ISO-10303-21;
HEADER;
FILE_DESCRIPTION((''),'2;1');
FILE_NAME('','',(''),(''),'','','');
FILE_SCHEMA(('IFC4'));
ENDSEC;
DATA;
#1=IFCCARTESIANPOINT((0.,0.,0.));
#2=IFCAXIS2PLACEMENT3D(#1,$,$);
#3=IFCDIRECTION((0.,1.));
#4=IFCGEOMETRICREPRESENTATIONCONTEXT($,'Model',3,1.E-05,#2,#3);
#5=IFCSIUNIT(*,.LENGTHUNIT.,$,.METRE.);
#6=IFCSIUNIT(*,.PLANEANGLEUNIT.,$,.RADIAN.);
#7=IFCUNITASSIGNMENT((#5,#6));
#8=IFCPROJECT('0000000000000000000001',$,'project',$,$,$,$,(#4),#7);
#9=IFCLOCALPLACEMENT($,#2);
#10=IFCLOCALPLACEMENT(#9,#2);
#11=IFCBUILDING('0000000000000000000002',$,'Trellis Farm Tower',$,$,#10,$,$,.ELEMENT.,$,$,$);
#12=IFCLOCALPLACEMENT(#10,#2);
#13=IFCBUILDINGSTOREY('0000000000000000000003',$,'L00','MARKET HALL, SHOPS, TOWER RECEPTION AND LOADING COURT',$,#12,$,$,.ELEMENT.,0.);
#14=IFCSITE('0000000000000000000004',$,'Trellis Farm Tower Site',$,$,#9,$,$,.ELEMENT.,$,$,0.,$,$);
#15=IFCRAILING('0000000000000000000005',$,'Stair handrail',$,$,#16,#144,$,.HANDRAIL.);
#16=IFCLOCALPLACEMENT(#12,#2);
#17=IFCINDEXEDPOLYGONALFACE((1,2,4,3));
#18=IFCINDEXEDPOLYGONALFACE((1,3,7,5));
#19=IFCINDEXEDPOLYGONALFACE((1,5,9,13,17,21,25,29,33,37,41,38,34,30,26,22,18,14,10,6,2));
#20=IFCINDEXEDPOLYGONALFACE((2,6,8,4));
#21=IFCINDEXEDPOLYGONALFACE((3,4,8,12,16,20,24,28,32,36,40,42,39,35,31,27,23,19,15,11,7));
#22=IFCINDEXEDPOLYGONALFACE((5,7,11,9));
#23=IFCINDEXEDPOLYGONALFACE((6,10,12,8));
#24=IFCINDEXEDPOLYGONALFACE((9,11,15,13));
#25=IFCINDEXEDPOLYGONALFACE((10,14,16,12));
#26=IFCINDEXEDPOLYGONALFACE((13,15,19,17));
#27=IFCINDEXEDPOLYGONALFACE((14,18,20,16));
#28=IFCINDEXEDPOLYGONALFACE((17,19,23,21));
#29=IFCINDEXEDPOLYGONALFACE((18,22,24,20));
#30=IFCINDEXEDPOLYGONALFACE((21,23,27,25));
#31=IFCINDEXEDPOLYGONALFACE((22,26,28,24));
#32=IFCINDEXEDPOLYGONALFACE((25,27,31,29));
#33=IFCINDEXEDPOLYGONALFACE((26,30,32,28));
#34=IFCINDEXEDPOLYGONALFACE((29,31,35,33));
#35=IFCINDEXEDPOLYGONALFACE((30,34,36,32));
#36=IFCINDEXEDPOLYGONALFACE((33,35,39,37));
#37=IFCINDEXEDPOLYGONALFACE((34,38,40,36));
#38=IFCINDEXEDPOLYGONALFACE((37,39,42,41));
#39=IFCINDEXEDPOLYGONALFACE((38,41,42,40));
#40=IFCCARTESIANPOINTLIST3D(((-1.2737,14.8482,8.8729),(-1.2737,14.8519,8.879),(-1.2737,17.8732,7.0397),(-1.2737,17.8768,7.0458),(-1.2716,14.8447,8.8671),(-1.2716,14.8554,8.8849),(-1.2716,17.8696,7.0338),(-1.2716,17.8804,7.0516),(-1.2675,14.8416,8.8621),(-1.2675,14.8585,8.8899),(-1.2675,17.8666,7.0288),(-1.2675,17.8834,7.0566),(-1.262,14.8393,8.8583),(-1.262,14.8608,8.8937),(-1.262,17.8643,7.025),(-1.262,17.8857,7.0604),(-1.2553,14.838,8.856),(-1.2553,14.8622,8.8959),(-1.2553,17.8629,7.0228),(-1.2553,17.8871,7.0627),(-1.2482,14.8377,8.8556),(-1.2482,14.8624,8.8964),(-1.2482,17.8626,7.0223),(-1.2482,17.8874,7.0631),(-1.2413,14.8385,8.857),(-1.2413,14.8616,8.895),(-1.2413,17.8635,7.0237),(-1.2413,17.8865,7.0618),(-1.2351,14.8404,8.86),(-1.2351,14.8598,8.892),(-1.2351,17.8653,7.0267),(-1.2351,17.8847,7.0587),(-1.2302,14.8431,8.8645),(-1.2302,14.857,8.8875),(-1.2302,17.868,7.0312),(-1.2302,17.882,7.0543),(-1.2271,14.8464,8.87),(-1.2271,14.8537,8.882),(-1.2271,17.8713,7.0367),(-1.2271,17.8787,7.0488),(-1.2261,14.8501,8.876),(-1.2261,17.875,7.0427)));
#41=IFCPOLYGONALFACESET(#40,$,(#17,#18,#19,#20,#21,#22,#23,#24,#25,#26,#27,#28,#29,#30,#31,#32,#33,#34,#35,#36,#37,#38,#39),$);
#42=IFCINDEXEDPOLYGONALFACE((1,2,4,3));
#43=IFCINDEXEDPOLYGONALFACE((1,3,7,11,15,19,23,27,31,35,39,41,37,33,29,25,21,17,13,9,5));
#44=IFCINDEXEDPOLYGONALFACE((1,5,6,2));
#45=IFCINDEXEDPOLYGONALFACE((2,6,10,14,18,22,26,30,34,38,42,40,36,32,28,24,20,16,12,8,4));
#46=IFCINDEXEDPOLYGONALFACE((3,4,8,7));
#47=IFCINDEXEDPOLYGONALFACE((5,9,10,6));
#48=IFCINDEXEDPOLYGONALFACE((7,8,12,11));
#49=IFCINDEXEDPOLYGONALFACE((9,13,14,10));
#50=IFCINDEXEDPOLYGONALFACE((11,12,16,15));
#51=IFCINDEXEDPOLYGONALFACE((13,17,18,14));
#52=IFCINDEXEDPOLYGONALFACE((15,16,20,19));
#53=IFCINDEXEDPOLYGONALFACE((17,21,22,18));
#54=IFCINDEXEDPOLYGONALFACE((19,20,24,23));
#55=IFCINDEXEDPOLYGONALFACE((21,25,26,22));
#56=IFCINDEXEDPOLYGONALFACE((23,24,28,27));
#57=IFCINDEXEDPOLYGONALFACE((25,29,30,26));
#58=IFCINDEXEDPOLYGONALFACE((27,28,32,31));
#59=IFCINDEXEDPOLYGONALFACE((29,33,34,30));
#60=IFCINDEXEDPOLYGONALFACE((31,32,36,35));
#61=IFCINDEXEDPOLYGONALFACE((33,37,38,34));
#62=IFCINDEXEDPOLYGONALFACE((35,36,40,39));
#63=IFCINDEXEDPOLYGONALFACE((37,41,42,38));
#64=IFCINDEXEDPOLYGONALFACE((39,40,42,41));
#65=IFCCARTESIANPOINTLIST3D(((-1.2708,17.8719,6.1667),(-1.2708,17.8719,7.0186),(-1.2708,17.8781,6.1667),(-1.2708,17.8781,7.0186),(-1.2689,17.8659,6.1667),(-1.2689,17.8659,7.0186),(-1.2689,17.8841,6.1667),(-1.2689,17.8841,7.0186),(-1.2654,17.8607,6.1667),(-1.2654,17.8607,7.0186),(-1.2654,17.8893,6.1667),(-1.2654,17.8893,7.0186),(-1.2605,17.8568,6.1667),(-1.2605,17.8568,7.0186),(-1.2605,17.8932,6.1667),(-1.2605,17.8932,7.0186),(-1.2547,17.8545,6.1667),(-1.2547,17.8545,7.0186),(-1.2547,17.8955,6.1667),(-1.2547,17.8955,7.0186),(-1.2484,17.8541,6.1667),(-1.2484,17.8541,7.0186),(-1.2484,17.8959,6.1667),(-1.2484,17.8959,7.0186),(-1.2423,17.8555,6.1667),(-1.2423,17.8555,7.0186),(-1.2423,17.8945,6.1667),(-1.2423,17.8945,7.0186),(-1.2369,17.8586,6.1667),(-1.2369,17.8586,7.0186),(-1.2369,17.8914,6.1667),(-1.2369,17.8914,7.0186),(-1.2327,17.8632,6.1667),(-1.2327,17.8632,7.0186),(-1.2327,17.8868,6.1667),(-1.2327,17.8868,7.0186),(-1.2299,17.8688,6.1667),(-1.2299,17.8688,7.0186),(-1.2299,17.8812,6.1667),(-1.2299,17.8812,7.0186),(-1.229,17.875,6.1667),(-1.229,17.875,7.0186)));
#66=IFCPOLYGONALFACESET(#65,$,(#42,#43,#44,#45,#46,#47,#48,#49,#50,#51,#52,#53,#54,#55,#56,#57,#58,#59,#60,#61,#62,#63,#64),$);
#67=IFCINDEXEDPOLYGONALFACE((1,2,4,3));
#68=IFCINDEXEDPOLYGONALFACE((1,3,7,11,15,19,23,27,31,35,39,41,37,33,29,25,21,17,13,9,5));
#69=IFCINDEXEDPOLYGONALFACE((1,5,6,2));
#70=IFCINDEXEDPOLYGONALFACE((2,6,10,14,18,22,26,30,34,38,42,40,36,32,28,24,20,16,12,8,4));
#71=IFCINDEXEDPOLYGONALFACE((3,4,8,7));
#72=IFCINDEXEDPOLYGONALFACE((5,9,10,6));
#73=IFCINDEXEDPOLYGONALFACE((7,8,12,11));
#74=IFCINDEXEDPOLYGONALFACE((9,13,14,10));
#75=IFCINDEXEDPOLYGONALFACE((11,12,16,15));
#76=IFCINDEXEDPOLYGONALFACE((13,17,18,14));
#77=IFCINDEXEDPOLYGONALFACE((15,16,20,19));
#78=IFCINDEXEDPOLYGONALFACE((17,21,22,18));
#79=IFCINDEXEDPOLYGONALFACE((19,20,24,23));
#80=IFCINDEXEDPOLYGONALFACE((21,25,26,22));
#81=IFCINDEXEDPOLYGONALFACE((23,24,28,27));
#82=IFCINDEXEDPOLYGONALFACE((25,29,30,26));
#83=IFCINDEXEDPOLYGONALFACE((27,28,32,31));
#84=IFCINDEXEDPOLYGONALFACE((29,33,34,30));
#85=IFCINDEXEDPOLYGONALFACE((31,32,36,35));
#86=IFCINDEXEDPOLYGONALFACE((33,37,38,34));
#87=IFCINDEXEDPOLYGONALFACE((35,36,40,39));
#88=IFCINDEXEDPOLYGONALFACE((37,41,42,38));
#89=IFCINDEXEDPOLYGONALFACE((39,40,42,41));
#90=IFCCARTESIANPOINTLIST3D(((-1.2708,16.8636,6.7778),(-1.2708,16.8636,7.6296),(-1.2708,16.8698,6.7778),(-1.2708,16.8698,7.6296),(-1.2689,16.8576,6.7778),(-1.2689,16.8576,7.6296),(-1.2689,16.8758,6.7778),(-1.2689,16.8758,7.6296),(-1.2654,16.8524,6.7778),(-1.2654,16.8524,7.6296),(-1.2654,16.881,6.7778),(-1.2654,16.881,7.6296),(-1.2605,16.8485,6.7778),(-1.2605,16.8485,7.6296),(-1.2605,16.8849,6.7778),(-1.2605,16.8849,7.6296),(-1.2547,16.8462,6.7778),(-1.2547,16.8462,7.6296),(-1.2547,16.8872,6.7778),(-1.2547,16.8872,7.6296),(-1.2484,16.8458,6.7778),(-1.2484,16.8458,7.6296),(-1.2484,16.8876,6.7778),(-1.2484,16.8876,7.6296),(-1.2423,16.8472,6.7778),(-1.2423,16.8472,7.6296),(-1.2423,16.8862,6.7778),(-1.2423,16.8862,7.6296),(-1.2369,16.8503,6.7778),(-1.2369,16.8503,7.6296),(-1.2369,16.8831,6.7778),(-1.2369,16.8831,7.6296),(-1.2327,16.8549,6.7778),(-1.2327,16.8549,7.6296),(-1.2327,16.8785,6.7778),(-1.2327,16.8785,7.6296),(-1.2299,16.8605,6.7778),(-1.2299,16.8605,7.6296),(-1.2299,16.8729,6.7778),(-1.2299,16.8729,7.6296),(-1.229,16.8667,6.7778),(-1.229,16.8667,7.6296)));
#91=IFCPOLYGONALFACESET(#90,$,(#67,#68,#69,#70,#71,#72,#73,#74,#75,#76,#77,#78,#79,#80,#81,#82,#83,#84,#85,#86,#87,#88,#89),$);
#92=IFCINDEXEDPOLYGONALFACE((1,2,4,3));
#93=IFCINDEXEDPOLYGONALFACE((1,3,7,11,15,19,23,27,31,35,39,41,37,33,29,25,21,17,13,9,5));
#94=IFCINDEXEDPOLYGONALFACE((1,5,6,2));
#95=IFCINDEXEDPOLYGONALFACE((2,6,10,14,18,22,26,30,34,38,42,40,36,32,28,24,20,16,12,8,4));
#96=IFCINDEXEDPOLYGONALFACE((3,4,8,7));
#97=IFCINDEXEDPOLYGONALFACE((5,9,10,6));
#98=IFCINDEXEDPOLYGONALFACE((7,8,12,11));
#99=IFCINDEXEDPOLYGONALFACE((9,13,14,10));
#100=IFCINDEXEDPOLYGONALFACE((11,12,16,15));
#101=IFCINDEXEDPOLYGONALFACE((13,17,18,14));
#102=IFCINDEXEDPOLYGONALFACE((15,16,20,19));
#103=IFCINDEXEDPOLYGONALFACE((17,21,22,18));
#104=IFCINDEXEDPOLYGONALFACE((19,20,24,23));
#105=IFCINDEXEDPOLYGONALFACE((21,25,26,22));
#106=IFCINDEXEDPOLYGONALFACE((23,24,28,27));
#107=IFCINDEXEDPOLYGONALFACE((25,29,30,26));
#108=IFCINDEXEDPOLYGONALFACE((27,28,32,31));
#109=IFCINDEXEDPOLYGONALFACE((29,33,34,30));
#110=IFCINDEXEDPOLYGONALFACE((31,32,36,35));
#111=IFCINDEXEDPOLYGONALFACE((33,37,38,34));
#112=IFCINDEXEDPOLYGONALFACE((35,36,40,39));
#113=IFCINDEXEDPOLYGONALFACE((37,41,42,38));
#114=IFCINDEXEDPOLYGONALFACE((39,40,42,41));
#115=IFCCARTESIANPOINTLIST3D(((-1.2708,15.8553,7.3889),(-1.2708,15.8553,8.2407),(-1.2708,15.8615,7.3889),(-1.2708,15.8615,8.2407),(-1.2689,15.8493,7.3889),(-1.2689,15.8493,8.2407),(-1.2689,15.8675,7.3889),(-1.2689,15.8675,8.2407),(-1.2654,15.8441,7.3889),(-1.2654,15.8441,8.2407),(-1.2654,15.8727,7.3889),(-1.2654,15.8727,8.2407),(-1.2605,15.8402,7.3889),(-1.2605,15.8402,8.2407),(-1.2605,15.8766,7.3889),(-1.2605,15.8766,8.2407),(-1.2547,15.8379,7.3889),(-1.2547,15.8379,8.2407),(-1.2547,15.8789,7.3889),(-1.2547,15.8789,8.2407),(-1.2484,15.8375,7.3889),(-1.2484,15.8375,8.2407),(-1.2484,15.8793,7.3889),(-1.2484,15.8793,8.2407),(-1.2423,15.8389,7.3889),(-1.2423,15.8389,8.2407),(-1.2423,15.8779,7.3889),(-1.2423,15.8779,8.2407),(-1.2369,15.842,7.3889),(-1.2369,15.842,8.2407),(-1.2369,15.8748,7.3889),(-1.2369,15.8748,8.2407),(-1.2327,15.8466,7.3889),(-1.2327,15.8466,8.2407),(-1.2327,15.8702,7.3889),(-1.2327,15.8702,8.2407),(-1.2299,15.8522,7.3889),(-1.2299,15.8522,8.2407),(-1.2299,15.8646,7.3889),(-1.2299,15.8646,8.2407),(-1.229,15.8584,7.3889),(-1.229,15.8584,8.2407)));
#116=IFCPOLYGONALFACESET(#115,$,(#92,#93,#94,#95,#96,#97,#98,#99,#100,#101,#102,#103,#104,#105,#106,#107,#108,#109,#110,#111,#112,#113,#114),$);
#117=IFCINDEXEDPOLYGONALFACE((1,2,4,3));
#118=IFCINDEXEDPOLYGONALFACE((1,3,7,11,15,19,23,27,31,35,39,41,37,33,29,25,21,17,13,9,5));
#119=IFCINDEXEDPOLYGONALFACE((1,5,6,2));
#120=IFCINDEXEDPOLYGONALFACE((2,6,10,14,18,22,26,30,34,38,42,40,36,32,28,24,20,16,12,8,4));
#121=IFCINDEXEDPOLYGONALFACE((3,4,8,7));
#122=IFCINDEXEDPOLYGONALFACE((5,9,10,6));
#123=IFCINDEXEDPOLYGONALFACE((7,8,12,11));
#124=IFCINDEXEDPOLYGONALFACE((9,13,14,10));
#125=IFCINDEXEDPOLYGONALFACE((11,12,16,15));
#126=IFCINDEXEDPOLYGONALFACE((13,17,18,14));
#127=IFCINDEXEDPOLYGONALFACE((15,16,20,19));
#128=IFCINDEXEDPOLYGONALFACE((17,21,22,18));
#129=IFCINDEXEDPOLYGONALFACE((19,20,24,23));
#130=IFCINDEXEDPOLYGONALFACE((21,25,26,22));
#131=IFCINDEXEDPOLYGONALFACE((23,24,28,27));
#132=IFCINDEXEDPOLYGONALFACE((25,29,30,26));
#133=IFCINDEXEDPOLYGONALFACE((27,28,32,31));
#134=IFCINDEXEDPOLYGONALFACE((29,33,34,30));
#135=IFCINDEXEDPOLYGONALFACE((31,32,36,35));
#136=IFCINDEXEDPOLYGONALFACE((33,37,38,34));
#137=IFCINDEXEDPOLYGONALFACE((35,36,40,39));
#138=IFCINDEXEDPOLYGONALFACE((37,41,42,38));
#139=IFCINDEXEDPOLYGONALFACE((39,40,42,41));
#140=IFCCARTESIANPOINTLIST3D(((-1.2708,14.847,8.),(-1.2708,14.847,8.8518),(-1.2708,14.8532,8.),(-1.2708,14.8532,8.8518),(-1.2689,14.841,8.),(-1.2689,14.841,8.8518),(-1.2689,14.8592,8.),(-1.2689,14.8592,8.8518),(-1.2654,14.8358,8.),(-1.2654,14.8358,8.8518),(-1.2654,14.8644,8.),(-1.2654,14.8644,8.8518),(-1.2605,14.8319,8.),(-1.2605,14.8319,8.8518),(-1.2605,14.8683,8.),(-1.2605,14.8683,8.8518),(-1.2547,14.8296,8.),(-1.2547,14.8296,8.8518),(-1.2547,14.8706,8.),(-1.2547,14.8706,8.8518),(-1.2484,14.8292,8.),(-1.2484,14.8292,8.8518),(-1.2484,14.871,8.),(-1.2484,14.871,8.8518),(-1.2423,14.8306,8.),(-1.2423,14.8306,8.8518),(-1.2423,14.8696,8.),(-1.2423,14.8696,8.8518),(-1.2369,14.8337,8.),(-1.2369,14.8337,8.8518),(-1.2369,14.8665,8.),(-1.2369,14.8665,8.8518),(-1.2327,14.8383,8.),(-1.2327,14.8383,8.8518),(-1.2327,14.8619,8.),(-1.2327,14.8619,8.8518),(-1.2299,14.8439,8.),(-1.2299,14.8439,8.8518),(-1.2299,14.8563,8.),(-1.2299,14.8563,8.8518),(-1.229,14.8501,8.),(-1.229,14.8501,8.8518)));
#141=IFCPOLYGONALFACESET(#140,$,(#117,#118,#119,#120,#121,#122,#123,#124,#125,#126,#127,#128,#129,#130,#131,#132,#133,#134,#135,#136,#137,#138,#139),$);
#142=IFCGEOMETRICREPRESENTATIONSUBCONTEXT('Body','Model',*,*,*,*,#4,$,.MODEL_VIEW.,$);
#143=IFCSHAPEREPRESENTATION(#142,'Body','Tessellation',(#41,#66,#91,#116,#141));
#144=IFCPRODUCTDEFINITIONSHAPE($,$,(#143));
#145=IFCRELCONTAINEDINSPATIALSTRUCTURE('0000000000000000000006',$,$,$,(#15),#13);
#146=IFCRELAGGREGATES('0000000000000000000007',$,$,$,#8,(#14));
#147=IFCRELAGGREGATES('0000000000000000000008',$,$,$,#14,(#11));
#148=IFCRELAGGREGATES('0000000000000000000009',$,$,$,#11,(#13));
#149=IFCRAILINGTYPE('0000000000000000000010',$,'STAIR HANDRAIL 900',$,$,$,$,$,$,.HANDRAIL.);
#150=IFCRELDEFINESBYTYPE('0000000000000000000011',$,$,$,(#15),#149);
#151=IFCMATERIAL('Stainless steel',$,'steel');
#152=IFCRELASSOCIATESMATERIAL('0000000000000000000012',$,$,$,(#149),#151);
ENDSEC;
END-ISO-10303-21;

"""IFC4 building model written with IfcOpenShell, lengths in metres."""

from ifc_helpers import new_model, si_unit, direction, frame, origin, origin_2d, place, context, subcontext, project, spatial, circle, extrude, source, transform, mapped, material, type_object, element, save


model = new_model("IFC4")

# Units and contexts
model_context = context("Model", 3, precision=1e-05, world=origin(), true_north=direction((0.0, 1.0)))
body_context = subcontext(model_context, "Body", "Model", "MODEL_VIEW")
ifc_project = project(units=[si_unit("LENGTHUNIT", "METRE"), si_unit("PLANEANGLEUNIT", "RADIAN")], contexts=[model_context])

# Site, building, storey
site_placement = place(None, origin())
site = spatial("IfcSite", under=ifc_project, at=site_placement, Name="Trellis Farm Tower Site", CompositionType="ELEMENT", RefElevation=0.0)
building_placement = place(site_placement, origin())
building = spatial("IfcBuilding", under=site, at=building_placement, Name="Trellis Farm Tower", CompositionType="ELEMENT")
storey_placement = place(building_placement, origin())
storey = spatial("IfcBuildingStorey", under=building, at=storey_placement, Name="L00", Description="MARKET HALL, SHOPS, TOWER RECEPTION AND LOADING COURT", CompositionType="ELEMENT", Elevation=0.0)

# Railing
ifc_material_1 = material(Name="Stainless steel", Category="steel")
railing_type = type_object("IfcRailingType", Name="STAIR HANDRAIL 900", PredefinedType="HANDRAIL", material=ifc_material_1)
shared_shape_1 = source(origin(), body_context, "Body", "SweptSolid", [
    extrude(circle(Radius=0.0239, at=origin_2d()), frame((0.0, 0.0, 0.876), z_axis=(0.0, -0.855201, 0.518297), x_axis=(1.0, 0.0, 0.0)), (0.0, 0.0, 1.0), 3.5371),
    extrude(circle(Radius=0.021, at=origin_2d()), origin(), (0.0, 0.0, 1.0), 0.8518),
    extrude(circle(Radius=0.021, at=origin_2d()), frame((0.0, -1.0083, 0.6111)), (0.0, 0.0, 1.0), 0.8518),
    extrude(circle(Radius=0.021, at=origin_2d()), frame((0.0, -2.0166, 1.2222)), (0.0, 0.0, 1.0), 0.8518),
    extrude(circle(Radius=0.021, at=origin_2d()), frame((0.0, -3.0249, 1.8333)), (0.0, 0.0, 1.0), 0.8518),
])
for number, where, name in (
    (1, (-1.25, 17.875, 6.1667), "Stair handrail"),
):
    element("IfcRailing", number, at=place(storey_placement, frame(where)), inside=storey, type_object=railing_type, Name=name, PredefinedType="HANDRAIL", context=body_context, shape_type="MappedRepresentation", body=[
        mapped(shared_shape_1, transform((0.0, 0.0, 0.0))),
    ])

save(model, "model.ifc")
